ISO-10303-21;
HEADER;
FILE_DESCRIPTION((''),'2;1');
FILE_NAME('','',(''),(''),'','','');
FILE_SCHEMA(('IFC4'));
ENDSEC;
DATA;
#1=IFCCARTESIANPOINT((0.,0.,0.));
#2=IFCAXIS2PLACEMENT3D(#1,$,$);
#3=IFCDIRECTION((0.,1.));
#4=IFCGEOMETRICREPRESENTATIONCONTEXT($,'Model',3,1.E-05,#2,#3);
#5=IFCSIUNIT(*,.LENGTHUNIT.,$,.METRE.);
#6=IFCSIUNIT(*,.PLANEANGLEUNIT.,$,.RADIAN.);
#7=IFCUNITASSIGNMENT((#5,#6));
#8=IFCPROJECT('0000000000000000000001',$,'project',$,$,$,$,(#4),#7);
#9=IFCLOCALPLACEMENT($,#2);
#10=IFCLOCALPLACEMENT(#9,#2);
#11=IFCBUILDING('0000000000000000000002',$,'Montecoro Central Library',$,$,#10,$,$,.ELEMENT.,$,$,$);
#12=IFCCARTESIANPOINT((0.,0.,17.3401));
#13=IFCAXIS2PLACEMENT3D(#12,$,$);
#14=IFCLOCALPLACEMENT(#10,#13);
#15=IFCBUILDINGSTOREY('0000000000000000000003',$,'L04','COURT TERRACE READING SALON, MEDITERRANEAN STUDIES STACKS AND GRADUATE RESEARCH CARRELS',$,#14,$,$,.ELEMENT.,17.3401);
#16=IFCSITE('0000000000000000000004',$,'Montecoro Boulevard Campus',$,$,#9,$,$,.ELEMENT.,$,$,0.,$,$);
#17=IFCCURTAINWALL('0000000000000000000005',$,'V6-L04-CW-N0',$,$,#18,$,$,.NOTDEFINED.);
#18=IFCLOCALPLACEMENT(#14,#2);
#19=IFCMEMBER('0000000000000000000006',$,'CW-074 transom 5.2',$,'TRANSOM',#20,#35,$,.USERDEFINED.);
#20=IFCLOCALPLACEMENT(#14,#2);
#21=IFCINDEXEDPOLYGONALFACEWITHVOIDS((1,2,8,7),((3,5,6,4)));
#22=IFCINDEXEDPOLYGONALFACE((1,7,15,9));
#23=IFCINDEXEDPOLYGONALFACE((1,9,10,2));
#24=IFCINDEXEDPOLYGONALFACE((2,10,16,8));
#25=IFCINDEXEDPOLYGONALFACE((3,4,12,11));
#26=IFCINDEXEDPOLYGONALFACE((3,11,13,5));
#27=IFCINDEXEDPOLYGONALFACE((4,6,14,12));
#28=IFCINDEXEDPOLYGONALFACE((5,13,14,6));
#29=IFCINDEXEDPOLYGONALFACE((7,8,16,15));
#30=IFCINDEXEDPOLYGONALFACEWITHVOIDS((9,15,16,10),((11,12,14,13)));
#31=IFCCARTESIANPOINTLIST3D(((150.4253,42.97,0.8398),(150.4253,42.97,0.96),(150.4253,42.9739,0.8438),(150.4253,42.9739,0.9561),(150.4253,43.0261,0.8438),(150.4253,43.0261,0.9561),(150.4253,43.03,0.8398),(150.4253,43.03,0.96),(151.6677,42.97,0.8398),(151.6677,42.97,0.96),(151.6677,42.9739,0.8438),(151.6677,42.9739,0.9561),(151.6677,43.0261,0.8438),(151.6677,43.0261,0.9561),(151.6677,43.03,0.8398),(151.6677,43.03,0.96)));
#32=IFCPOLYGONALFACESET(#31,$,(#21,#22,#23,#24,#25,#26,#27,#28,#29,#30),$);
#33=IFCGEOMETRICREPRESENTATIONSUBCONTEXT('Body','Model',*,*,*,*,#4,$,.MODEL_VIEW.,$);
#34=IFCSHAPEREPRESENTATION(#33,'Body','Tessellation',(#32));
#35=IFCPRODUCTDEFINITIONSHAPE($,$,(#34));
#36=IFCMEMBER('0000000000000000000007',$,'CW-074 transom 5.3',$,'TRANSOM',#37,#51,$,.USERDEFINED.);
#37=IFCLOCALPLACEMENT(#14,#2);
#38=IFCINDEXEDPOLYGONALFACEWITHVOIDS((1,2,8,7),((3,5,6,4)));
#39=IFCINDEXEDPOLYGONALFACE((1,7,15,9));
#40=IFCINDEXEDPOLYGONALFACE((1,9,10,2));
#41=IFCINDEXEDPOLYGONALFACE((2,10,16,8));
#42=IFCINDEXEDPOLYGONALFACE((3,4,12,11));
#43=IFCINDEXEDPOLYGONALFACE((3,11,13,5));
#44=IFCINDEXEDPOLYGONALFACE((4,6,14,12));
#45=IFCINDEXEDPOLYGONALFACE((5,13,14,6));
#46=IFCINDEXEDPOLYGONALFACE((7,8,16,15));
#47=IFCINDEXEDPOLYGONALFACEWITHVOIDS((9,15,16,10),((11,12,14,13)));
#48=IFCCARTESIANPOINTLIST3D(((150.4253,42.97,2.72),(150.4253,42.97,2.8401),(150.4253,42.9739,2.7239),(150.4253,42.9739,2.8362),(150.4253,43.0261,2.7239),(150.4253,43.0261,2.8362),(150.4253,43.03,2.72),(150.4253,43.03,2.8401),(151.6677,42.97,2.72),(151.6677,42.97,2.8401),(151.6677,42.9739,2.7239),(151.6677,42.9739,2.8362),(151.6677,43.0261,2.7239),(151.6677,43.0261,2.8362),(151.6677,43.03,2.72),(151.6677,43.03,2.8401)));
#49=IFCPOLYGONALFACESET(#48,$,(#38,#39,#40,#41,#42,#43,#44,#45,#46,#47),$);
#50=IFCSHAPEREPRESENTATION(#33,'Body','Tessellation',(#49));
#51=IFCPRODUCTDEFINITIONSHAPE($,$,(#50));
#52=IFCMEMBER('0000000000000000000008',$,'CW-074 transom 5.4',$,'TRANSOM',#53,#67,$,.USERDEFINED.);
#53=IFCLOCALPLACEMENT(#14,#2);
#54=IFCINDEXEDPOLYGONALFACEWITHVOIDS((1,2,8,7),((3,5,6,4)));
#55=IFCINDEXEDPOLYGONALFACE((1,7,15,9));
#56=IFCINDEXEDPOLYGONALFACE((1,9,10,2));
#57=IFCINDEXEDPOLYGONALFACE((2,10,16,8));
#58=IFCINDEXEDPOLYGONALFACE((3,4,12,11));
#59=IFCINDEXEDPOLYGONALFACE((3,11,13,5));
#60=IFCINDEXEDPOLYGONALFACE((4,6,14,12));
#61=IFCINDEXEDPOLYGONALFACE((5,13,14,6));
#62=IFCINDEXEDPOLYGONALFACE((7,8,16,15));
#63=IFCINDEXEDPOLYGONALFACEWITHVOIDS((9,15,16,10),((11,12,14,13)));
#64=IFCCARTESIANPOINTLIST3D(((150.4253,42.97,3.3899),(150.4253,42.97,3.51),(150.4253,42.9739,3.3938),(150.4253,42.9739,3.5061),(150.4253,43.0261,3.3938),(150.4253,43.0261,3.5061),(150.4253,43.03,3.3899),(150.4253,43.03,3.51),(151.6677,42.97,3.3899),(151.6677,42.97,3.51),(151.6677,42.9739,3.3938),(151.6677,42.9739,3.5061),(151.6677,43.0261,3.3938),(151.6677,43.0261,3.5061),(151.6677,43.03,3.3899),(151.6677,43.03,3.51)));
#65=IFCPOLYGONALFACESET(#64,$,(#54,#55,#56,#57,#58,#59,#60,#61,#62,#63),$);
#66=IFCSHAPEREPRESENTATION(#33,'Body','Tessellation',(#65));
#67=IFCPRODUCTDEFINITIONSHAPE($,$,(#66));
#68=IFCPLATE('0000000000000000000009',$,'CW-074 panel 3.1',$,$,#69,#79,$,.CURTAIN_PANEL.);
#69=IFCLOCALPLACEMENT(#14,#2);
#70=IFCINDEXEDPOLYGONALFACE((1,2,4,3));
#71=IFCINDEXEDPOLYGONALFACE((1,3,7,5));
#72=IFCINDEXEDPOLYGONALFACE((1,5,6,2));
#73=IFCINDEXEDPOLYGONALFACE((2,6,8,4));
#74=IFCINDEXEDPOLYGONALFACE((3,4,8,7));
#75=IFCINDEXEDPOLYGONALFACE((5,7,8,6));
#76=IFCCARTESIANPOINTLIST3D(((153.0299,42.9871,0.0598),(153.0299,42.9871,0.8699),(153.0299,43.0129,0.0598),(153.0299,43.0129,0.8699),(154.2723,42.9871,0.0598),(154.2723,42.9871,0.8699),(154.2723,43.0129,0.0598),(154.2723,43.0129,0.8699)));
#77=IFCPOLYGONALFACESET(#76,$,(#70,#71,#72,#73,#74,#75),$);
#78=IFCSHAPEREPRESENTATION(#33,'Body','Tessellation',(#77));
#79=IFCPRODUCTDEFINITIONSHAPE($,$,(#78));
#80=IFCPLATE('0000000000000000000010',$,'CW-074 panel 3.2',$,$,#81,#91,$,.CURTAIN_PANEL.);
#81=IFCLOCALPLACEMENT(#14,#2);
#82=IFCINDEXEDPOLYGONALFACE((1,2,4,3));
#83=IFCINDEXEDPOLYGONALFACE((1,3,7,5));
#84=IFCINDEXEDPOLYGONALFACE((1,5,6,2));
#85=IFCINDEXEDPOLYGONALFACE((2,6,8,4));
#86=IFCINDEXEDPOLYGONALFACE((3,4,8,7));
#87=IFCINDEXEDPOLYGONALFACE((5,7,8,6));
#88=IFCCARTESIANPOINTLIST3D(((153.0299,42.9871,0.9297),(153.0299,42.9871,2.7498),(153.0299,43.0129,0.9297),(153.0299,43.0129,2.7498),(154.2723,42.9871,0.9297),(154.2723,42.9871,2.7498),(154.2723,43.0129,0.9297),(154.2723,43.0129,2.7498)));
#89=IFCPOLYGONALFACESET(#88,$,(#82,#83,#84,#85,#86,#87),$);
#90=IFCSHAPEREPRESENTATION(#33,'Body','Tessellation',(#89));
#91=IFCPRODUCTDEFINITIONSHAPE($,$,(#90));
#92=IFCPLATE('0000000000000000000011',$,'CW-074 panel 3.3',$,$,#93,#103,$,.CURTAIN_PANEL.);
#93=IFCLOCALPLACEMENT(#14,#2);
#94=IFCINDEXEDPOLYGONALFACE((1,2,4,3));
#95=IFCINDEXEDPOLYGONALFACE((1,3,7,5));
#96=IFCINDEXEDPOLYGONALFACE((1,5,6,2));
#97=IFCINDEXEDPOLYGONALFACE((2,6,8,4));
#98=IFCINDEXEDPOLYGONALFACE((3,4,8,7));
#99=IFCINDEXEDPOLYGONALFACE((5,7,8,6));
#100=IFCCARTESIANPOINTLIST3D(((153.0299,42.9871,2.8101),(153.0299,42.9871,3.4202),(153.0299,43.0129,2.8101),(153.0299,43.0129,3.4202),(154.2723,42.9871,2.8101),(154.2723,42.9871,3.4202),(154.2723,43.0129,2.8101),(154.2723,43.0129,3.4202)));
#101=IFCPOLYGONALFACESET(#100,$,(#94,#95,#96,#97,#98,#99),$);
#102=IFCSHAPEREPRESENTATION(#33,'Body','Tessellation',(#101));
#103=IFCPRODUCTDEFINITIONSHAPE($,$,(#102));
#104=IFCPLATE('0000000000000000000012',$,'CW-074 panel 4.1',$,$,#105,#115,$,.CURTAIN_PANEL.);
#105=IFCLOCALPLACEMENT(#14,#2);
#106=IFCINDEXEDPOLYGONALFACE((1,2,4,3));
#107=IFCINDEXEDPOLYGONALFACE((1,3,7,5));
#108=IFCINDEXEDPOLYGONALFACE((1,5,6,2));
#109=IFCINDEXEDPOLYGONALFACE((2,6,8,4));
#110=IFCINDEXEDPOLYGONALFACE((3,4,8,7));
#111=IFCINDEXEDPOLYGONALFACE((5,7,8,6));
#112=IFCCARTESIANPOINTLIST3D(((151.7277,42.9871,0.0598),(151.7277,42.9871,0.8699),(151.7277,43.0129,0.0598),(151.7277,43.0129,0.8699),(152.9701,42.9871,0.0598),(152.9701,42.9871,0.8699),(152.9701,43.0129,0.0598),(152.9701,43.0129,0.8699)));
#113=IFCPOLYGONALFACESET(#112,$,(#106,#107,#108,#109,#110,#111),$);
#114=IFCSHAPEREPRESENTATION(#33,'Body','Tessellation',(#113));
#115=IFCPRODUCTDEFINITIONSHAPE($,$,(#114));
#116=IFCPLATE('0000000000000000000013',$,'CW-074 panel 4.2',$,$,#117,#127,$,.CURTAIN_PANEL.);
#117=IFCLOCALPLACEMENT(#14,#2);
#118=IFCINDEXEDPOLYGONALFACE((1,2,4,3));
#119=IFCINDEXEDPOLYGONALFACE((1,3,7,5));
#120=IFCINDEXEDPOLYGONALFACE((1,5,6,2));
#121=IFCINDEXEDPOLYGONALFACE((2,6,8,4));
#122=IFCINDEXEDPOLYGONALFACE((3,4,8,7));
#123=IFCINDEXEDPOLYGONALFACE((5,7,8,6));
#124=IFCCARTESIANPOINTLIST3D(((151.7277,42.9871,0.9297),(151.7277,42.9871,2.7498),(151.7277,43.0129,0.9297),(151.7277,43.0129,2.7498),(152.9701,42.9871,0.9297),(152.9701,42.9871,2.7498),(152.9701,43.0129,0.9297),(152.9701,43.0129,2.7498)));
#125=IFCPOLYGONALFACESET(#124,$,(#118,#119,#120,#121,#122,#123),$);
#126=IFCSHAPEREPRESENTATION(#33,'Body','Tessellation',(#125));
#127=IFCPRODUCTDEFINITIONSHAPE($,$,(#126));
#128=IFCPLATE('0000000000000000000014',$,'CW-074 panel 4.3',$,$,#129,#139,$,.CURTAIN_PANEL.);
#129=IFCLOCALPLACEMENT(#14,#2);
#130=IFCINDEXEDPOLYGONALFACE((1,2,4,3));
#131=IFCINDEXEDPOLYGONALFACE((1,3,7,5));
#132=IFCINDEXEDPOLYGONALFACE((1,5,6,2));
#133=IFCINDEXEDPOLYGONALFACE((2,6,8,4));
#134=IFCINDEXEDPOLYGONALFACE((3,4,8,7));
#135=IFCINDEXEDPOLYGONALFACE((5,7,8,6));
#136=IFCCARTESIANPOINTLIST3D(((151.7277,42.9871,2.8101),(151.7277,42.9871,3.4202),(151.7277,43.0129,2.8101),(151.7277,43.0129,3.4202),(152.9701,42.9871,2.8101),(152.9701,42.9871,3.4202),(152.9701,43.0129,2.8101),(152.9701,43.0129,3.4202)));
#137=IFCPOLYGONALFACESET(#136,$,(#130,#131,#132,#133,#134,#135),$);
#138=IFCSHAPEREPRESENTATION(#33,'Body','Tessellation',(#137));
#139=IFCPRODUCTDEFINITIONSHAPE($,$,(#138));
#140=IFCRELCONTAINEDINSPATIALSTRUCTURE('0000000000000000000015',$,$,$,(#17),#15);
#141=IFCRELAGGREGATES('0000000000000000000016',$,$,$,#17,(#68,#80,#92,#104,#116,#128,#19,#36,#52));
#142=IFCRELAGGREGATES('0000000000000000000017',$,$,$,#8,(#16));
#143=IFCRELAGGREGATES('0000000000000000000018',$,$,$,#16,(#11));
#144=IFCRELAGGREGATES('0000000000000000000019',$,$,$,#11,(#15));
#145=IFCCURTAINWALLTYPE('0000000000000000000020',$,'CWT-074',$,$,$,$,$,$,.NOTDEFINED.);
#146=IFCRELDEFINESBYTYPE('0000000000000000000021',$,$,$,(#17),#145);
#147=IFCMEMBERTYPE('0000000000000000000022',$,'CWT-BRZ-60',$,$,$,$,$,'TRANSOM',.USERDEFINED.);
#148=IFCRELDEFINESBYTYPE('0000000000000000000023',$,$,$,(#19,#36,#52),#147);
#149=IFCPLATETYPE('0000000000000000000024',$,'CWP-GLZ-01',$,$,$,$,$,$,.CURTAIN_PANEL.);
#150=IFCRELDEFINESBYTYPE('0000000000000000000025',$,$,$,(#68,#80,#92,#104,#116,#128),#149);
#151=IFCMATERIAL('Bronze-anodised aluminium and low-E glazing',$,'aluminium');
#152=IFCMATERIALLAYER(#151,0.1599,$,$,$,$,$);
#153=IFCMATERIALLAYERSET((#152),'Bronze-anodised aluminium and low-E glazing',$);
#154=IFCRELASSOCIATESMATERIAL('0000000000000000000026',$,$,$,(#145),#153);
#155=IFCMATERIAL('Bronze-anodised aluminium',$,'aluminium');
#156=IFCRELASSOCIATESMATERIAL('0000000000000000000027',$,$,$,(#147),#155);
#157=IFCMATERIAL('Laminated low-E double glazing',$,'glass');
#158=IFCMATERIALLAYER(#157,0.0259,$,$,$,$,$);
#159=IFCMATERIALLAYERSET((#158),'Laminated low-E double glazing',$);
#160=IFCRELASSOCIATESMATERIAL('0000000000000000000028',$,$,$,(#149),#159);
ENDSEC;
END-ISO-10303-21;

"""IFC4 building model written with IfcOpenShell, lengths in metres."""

from ifc_helpers import new_model, si_unit, direction, frame, origin, origin_2d, place, context, subcontext, project, spatial, rectangle, hollow_rectangle, extrude, material, layer, layer_set, material_profile, profile_set, type_object, element, aggregate, save


model = new_model("IFC4")

# Units and contexts
model_context = context("Model", 3, precision=1e-05, world=origin(), true_north=direction((0.0, 1.0)))
body_context = subcontext(model_context, "Body", "Model", "MODEL_VIEW")
ifc_project = project(units=[si_unit("LENGTHUNIT", "METRE"), si_unit("PLANEANGLEUNIT", "RADIAN")], contexts=[model_context])

# Site, building, storey
site_placement = place(None, origin())
site = spatial("IfcSite", under=ifc_project, at=site_placement, Name="Montecoro Boulevard Campus", CompositionType="ELEMENT", RefElevation=0.0)
building_placement = place(site_placement, origin())
building = spatial("IfcBuilding", under=site, at=building_placement, Name="Montecoro Central Library", CompositionType="ELEMENT")
storey_placement = place(building_placement, frame((0.0, 0.0, 17.3401)))
storey = spatial("IfcBuildingStorey", under=building, at=storey_placement, Name="L04", Description="COURT TERRACE READING SALON, MEDITERRANEAN STUDIES STACKS AND GRADUATE RESEARCH CARRELS", CompositionType="ELEMENT", Elevation=17.3401)

# Curtain wall, members, plates
ifc_material_1 = material(Name="Bronze-anodised aluminium and low-E glazing", Category="aluminium")
ifc_layer_1 = layer(ifc_material_1, 0.1599)
ifc_layer_set_1 = layer_set([ifc_layer_1], Name="Bronze-anodised aluminium and low-E glazing")
curtain_wall_type = type_object("IfcCurtainWallType", Name="CWT-074", PredefinedType="NOTDEFINED", material=ifc_layer_set_1)
curtain_wall_placement = place(storey_placement, origin())
curtain_wall = element("IfcCurtainWall", 1, at=curtain_wall_placement, inside=storey, type_object=curtain_wall_type, Name="V6-L04-CW-N0", PredefinedType="NOTDEFINED")
ifc_material_2 = material(Name="Bronze-anodised aluminium", Category="aluminium")
ifc_material_profile_1 = material_profile(ifc_material_2, hollow_rectangle(XDim=0.0601, YDim=0.1201, WallThickness=0.0039, at=origin_2d()), Name="CWT 120x60x4.0")
ifc_profile_set_1 = profile_set([ifc_material_profile_1], Name="Bronze-anodised aluminium")
member_type_1 = type_object("IfcMemberType", Name="CWT-BRZ-60", ElementType="TRANSOM", PredefinedType="USERDEFINED", material=ifc_profile_set_1)
member_1_placement = place(storey_placement, frame((151.6677, 43.0, 0.8999), z_axis=(-1.0, 0.0, 0.0), x_axis=(0.0, -1.0, 0.0)))
member_1 = element("IfcMember", 2, at=member_1_placement, type_object=member_type_1, Name="CW-074 transom 5.2", ObjectType="TRANSOM", PredefinedType="USERDEFINED", context=body_context, shape_type="SweptSolid", body=[
    extrude(hollow_rectangle(XDim=0.0601, YDim=0.1201, WallThickness=0.0039, at=origin_2d()), origin(), (0.0, 0.0, 1.0), 1.2424),
])
member_2_placement = place(storey_placement, frame((151.6677, 43.0, 2.78), z_axis=(-1.0, 0.0, 0.0), x_axis=(0.0, -1.0, 0.0)))
member_2 = element("IfcMember", 3, at=member_2_placement, type_object=member_type_1, Name="CW-074 transom 5.3", ObjectType="TRANSOM", PredefinedType="USERDEFINED", context=body_context, shape_type="SweptSolid", body=[
    extrude(hollow_rectangle(XDim=0.0601, YDim=0.1201, WallThickness=0.0039, at=origin_2d()), origin(), (0.0, 0.0, 1.0), 1.2424),
])
member_3_placement = place(storey_placement, frame((151.6677, 43.0, 3.45), z_axis=(-1.0, 0.0, 0.0), x_axis=(0.0, -1.0, 0.0)))
member_3 = element("IfcMember", 4, at=member_3_placement, type_object=member_type_1, Name="CW-074 transom 5.4", ObjectType="TRANSOM", PredefinedType="USERDEFINED", context=body_context, shape_type="SweptSolid", body=[
    extrude(hollow_rectangle(XDim=0.0601, YDim=0.1201, WallThickness=0.0039, at=origin_2d()), origin(), (0.0, 0.0, 1.0), 1.2424),
])
ifc_material_3 = material(Name="Laminated low-E double glazing", Category="glass")
ifc_layer_2 = layer(ifc_material_3, 0.0259)
ifc_layer_set_2 = layer_set([ifc_layer_2], Name="Laminated low-E double glazing")
plate_type = type_object("IfcPlateType", Name="CWP-GLZ-01", PredefinedType="CURTAIN_PANEL", material=ifc_layer_set_2)
plate_1_placement = place(storey_placement, frame((153.6511, 43.0, 0.0598), z_axis=(0.0, 0.0, 1.0), x_axis=(-1.0, 0.0, 0.0)))
plate_1 = element("IfcPlate", 5, at=plate_1_placement, type_object=plate_type, Name="CW-074 panel 3.1", PredefinedType="CURTAIN_PANEL", context=body_context, shape_type="SweptSolid", body=[
    extrude(rectangle(XDim=1.2424, YDim=0.0259, at=origin_2d()), origin(), (0.0, 0.0, 1.0), 0.8101),
])
plate_2_placement = place(storey_placement, frame((153.6511, 43.0, 0.9297), z_axis=(0.0, 0.0, 1.0), x_axis=(-1.0, 0.0, 0.0)))
plate_2 = element("IfcPlate", 6, at=plate_2_placement, type_object=plate_type, Name="CW-074 panel 3.2", PredefinedType="CURTAIN_PANEL", context=body_context, shape_type="SweptSolid", body=[
    extrude(rectangle(XDim=1.2424, YDim=0.0259, at=origin_2d()), origin(), (0.0, 0.0, 1.0), 1.8201),
])
plate_3_placement = place(storey_placement, frame((153.6511, 43.0, 2.8101), z_axis=(0.0, 0.0, 1.0), x_axis=(-1.0, 0.0, 0.0)))
plate_3 = element("IfcPlate", 7, at=plate_3_placement, type_object=plate_type, Name="CW-074 panel 3.3", PredefinedType="CURTAIN_PANEL", context=body_context, shape_type="SweptSolid", body=[
    extrude(rectangle(XDim=1.2424, YDim=0.0259, at=origin_2d()), origin(), (0.0, 0.0, 1.0), 0.6101),
])
plate_4_placement = place(storey_placement, frame((152.3489, 43.0, 0.0598), z_axis=(0.0, 0.0, 1.0), x_axis=(-1.0, 0.0, 0.0)))
plate_4 = element("IfcPlate", 8, at=plate_4_placement, type_object=plate_type, Name="CW-074 panel 4.1", PredefinedType="CURTAIN_PANEL", context=body_context, shape_type="SweptSolid", body=[
    extrude(rectangle(XDim=1.2424, YDim=0.0259, at=origin_2d()), origin(), (0.0, 0.0, 1.0), 0.8101),
])
plate_5_placement = place(storey_placement, frame((152.3489, 43.0, 0.9297), z_axis=(0.0, 0.0, 1.0), x_axis=(-1.0, 0.0, 0.0)))
plate_5 = element("IfcPlate", 9, at=plate_5_placement, type_object=plate_type, Name="CW-074 panel 4.2", PredefinedType="CURTAIN_PANEL", context=body_context, shape_type="SweptSolid", body=[
    extrude(rectangle(XDim=1.2424, YDim=0.0259, at=origin_2d()), origin(), (0.0, 0.0, 1.0), 1.8201),
])
plate_6_placement = place(storey_placement, frame((152.3489, 43.0, 2.8101), z_axis=(0.0, 0.0, 1.0), x_axis=(-1.0, 0.0, 0.0)))
plate_6 = element("IfcPlate", 10, at=plate_6_placement, type_object=plate_type, Name="CW-074 panel 4.3", PredefinedType="CURTAIN_PANEL", context=body_context, shape_type="SweptSolid", body=[
    extrude(rectangle(XDim=1.2424, YDim=0.0259, at=origin_2d()), origin(), (0.0, 0.0, 1.0), 0.6101),
])
aggregate(curtain_wall, [plate_1, plate_2, plate_3, plate_4, plate_5, plate_6, member_1, member_2, member_3])

save(model, "model.ifc")
